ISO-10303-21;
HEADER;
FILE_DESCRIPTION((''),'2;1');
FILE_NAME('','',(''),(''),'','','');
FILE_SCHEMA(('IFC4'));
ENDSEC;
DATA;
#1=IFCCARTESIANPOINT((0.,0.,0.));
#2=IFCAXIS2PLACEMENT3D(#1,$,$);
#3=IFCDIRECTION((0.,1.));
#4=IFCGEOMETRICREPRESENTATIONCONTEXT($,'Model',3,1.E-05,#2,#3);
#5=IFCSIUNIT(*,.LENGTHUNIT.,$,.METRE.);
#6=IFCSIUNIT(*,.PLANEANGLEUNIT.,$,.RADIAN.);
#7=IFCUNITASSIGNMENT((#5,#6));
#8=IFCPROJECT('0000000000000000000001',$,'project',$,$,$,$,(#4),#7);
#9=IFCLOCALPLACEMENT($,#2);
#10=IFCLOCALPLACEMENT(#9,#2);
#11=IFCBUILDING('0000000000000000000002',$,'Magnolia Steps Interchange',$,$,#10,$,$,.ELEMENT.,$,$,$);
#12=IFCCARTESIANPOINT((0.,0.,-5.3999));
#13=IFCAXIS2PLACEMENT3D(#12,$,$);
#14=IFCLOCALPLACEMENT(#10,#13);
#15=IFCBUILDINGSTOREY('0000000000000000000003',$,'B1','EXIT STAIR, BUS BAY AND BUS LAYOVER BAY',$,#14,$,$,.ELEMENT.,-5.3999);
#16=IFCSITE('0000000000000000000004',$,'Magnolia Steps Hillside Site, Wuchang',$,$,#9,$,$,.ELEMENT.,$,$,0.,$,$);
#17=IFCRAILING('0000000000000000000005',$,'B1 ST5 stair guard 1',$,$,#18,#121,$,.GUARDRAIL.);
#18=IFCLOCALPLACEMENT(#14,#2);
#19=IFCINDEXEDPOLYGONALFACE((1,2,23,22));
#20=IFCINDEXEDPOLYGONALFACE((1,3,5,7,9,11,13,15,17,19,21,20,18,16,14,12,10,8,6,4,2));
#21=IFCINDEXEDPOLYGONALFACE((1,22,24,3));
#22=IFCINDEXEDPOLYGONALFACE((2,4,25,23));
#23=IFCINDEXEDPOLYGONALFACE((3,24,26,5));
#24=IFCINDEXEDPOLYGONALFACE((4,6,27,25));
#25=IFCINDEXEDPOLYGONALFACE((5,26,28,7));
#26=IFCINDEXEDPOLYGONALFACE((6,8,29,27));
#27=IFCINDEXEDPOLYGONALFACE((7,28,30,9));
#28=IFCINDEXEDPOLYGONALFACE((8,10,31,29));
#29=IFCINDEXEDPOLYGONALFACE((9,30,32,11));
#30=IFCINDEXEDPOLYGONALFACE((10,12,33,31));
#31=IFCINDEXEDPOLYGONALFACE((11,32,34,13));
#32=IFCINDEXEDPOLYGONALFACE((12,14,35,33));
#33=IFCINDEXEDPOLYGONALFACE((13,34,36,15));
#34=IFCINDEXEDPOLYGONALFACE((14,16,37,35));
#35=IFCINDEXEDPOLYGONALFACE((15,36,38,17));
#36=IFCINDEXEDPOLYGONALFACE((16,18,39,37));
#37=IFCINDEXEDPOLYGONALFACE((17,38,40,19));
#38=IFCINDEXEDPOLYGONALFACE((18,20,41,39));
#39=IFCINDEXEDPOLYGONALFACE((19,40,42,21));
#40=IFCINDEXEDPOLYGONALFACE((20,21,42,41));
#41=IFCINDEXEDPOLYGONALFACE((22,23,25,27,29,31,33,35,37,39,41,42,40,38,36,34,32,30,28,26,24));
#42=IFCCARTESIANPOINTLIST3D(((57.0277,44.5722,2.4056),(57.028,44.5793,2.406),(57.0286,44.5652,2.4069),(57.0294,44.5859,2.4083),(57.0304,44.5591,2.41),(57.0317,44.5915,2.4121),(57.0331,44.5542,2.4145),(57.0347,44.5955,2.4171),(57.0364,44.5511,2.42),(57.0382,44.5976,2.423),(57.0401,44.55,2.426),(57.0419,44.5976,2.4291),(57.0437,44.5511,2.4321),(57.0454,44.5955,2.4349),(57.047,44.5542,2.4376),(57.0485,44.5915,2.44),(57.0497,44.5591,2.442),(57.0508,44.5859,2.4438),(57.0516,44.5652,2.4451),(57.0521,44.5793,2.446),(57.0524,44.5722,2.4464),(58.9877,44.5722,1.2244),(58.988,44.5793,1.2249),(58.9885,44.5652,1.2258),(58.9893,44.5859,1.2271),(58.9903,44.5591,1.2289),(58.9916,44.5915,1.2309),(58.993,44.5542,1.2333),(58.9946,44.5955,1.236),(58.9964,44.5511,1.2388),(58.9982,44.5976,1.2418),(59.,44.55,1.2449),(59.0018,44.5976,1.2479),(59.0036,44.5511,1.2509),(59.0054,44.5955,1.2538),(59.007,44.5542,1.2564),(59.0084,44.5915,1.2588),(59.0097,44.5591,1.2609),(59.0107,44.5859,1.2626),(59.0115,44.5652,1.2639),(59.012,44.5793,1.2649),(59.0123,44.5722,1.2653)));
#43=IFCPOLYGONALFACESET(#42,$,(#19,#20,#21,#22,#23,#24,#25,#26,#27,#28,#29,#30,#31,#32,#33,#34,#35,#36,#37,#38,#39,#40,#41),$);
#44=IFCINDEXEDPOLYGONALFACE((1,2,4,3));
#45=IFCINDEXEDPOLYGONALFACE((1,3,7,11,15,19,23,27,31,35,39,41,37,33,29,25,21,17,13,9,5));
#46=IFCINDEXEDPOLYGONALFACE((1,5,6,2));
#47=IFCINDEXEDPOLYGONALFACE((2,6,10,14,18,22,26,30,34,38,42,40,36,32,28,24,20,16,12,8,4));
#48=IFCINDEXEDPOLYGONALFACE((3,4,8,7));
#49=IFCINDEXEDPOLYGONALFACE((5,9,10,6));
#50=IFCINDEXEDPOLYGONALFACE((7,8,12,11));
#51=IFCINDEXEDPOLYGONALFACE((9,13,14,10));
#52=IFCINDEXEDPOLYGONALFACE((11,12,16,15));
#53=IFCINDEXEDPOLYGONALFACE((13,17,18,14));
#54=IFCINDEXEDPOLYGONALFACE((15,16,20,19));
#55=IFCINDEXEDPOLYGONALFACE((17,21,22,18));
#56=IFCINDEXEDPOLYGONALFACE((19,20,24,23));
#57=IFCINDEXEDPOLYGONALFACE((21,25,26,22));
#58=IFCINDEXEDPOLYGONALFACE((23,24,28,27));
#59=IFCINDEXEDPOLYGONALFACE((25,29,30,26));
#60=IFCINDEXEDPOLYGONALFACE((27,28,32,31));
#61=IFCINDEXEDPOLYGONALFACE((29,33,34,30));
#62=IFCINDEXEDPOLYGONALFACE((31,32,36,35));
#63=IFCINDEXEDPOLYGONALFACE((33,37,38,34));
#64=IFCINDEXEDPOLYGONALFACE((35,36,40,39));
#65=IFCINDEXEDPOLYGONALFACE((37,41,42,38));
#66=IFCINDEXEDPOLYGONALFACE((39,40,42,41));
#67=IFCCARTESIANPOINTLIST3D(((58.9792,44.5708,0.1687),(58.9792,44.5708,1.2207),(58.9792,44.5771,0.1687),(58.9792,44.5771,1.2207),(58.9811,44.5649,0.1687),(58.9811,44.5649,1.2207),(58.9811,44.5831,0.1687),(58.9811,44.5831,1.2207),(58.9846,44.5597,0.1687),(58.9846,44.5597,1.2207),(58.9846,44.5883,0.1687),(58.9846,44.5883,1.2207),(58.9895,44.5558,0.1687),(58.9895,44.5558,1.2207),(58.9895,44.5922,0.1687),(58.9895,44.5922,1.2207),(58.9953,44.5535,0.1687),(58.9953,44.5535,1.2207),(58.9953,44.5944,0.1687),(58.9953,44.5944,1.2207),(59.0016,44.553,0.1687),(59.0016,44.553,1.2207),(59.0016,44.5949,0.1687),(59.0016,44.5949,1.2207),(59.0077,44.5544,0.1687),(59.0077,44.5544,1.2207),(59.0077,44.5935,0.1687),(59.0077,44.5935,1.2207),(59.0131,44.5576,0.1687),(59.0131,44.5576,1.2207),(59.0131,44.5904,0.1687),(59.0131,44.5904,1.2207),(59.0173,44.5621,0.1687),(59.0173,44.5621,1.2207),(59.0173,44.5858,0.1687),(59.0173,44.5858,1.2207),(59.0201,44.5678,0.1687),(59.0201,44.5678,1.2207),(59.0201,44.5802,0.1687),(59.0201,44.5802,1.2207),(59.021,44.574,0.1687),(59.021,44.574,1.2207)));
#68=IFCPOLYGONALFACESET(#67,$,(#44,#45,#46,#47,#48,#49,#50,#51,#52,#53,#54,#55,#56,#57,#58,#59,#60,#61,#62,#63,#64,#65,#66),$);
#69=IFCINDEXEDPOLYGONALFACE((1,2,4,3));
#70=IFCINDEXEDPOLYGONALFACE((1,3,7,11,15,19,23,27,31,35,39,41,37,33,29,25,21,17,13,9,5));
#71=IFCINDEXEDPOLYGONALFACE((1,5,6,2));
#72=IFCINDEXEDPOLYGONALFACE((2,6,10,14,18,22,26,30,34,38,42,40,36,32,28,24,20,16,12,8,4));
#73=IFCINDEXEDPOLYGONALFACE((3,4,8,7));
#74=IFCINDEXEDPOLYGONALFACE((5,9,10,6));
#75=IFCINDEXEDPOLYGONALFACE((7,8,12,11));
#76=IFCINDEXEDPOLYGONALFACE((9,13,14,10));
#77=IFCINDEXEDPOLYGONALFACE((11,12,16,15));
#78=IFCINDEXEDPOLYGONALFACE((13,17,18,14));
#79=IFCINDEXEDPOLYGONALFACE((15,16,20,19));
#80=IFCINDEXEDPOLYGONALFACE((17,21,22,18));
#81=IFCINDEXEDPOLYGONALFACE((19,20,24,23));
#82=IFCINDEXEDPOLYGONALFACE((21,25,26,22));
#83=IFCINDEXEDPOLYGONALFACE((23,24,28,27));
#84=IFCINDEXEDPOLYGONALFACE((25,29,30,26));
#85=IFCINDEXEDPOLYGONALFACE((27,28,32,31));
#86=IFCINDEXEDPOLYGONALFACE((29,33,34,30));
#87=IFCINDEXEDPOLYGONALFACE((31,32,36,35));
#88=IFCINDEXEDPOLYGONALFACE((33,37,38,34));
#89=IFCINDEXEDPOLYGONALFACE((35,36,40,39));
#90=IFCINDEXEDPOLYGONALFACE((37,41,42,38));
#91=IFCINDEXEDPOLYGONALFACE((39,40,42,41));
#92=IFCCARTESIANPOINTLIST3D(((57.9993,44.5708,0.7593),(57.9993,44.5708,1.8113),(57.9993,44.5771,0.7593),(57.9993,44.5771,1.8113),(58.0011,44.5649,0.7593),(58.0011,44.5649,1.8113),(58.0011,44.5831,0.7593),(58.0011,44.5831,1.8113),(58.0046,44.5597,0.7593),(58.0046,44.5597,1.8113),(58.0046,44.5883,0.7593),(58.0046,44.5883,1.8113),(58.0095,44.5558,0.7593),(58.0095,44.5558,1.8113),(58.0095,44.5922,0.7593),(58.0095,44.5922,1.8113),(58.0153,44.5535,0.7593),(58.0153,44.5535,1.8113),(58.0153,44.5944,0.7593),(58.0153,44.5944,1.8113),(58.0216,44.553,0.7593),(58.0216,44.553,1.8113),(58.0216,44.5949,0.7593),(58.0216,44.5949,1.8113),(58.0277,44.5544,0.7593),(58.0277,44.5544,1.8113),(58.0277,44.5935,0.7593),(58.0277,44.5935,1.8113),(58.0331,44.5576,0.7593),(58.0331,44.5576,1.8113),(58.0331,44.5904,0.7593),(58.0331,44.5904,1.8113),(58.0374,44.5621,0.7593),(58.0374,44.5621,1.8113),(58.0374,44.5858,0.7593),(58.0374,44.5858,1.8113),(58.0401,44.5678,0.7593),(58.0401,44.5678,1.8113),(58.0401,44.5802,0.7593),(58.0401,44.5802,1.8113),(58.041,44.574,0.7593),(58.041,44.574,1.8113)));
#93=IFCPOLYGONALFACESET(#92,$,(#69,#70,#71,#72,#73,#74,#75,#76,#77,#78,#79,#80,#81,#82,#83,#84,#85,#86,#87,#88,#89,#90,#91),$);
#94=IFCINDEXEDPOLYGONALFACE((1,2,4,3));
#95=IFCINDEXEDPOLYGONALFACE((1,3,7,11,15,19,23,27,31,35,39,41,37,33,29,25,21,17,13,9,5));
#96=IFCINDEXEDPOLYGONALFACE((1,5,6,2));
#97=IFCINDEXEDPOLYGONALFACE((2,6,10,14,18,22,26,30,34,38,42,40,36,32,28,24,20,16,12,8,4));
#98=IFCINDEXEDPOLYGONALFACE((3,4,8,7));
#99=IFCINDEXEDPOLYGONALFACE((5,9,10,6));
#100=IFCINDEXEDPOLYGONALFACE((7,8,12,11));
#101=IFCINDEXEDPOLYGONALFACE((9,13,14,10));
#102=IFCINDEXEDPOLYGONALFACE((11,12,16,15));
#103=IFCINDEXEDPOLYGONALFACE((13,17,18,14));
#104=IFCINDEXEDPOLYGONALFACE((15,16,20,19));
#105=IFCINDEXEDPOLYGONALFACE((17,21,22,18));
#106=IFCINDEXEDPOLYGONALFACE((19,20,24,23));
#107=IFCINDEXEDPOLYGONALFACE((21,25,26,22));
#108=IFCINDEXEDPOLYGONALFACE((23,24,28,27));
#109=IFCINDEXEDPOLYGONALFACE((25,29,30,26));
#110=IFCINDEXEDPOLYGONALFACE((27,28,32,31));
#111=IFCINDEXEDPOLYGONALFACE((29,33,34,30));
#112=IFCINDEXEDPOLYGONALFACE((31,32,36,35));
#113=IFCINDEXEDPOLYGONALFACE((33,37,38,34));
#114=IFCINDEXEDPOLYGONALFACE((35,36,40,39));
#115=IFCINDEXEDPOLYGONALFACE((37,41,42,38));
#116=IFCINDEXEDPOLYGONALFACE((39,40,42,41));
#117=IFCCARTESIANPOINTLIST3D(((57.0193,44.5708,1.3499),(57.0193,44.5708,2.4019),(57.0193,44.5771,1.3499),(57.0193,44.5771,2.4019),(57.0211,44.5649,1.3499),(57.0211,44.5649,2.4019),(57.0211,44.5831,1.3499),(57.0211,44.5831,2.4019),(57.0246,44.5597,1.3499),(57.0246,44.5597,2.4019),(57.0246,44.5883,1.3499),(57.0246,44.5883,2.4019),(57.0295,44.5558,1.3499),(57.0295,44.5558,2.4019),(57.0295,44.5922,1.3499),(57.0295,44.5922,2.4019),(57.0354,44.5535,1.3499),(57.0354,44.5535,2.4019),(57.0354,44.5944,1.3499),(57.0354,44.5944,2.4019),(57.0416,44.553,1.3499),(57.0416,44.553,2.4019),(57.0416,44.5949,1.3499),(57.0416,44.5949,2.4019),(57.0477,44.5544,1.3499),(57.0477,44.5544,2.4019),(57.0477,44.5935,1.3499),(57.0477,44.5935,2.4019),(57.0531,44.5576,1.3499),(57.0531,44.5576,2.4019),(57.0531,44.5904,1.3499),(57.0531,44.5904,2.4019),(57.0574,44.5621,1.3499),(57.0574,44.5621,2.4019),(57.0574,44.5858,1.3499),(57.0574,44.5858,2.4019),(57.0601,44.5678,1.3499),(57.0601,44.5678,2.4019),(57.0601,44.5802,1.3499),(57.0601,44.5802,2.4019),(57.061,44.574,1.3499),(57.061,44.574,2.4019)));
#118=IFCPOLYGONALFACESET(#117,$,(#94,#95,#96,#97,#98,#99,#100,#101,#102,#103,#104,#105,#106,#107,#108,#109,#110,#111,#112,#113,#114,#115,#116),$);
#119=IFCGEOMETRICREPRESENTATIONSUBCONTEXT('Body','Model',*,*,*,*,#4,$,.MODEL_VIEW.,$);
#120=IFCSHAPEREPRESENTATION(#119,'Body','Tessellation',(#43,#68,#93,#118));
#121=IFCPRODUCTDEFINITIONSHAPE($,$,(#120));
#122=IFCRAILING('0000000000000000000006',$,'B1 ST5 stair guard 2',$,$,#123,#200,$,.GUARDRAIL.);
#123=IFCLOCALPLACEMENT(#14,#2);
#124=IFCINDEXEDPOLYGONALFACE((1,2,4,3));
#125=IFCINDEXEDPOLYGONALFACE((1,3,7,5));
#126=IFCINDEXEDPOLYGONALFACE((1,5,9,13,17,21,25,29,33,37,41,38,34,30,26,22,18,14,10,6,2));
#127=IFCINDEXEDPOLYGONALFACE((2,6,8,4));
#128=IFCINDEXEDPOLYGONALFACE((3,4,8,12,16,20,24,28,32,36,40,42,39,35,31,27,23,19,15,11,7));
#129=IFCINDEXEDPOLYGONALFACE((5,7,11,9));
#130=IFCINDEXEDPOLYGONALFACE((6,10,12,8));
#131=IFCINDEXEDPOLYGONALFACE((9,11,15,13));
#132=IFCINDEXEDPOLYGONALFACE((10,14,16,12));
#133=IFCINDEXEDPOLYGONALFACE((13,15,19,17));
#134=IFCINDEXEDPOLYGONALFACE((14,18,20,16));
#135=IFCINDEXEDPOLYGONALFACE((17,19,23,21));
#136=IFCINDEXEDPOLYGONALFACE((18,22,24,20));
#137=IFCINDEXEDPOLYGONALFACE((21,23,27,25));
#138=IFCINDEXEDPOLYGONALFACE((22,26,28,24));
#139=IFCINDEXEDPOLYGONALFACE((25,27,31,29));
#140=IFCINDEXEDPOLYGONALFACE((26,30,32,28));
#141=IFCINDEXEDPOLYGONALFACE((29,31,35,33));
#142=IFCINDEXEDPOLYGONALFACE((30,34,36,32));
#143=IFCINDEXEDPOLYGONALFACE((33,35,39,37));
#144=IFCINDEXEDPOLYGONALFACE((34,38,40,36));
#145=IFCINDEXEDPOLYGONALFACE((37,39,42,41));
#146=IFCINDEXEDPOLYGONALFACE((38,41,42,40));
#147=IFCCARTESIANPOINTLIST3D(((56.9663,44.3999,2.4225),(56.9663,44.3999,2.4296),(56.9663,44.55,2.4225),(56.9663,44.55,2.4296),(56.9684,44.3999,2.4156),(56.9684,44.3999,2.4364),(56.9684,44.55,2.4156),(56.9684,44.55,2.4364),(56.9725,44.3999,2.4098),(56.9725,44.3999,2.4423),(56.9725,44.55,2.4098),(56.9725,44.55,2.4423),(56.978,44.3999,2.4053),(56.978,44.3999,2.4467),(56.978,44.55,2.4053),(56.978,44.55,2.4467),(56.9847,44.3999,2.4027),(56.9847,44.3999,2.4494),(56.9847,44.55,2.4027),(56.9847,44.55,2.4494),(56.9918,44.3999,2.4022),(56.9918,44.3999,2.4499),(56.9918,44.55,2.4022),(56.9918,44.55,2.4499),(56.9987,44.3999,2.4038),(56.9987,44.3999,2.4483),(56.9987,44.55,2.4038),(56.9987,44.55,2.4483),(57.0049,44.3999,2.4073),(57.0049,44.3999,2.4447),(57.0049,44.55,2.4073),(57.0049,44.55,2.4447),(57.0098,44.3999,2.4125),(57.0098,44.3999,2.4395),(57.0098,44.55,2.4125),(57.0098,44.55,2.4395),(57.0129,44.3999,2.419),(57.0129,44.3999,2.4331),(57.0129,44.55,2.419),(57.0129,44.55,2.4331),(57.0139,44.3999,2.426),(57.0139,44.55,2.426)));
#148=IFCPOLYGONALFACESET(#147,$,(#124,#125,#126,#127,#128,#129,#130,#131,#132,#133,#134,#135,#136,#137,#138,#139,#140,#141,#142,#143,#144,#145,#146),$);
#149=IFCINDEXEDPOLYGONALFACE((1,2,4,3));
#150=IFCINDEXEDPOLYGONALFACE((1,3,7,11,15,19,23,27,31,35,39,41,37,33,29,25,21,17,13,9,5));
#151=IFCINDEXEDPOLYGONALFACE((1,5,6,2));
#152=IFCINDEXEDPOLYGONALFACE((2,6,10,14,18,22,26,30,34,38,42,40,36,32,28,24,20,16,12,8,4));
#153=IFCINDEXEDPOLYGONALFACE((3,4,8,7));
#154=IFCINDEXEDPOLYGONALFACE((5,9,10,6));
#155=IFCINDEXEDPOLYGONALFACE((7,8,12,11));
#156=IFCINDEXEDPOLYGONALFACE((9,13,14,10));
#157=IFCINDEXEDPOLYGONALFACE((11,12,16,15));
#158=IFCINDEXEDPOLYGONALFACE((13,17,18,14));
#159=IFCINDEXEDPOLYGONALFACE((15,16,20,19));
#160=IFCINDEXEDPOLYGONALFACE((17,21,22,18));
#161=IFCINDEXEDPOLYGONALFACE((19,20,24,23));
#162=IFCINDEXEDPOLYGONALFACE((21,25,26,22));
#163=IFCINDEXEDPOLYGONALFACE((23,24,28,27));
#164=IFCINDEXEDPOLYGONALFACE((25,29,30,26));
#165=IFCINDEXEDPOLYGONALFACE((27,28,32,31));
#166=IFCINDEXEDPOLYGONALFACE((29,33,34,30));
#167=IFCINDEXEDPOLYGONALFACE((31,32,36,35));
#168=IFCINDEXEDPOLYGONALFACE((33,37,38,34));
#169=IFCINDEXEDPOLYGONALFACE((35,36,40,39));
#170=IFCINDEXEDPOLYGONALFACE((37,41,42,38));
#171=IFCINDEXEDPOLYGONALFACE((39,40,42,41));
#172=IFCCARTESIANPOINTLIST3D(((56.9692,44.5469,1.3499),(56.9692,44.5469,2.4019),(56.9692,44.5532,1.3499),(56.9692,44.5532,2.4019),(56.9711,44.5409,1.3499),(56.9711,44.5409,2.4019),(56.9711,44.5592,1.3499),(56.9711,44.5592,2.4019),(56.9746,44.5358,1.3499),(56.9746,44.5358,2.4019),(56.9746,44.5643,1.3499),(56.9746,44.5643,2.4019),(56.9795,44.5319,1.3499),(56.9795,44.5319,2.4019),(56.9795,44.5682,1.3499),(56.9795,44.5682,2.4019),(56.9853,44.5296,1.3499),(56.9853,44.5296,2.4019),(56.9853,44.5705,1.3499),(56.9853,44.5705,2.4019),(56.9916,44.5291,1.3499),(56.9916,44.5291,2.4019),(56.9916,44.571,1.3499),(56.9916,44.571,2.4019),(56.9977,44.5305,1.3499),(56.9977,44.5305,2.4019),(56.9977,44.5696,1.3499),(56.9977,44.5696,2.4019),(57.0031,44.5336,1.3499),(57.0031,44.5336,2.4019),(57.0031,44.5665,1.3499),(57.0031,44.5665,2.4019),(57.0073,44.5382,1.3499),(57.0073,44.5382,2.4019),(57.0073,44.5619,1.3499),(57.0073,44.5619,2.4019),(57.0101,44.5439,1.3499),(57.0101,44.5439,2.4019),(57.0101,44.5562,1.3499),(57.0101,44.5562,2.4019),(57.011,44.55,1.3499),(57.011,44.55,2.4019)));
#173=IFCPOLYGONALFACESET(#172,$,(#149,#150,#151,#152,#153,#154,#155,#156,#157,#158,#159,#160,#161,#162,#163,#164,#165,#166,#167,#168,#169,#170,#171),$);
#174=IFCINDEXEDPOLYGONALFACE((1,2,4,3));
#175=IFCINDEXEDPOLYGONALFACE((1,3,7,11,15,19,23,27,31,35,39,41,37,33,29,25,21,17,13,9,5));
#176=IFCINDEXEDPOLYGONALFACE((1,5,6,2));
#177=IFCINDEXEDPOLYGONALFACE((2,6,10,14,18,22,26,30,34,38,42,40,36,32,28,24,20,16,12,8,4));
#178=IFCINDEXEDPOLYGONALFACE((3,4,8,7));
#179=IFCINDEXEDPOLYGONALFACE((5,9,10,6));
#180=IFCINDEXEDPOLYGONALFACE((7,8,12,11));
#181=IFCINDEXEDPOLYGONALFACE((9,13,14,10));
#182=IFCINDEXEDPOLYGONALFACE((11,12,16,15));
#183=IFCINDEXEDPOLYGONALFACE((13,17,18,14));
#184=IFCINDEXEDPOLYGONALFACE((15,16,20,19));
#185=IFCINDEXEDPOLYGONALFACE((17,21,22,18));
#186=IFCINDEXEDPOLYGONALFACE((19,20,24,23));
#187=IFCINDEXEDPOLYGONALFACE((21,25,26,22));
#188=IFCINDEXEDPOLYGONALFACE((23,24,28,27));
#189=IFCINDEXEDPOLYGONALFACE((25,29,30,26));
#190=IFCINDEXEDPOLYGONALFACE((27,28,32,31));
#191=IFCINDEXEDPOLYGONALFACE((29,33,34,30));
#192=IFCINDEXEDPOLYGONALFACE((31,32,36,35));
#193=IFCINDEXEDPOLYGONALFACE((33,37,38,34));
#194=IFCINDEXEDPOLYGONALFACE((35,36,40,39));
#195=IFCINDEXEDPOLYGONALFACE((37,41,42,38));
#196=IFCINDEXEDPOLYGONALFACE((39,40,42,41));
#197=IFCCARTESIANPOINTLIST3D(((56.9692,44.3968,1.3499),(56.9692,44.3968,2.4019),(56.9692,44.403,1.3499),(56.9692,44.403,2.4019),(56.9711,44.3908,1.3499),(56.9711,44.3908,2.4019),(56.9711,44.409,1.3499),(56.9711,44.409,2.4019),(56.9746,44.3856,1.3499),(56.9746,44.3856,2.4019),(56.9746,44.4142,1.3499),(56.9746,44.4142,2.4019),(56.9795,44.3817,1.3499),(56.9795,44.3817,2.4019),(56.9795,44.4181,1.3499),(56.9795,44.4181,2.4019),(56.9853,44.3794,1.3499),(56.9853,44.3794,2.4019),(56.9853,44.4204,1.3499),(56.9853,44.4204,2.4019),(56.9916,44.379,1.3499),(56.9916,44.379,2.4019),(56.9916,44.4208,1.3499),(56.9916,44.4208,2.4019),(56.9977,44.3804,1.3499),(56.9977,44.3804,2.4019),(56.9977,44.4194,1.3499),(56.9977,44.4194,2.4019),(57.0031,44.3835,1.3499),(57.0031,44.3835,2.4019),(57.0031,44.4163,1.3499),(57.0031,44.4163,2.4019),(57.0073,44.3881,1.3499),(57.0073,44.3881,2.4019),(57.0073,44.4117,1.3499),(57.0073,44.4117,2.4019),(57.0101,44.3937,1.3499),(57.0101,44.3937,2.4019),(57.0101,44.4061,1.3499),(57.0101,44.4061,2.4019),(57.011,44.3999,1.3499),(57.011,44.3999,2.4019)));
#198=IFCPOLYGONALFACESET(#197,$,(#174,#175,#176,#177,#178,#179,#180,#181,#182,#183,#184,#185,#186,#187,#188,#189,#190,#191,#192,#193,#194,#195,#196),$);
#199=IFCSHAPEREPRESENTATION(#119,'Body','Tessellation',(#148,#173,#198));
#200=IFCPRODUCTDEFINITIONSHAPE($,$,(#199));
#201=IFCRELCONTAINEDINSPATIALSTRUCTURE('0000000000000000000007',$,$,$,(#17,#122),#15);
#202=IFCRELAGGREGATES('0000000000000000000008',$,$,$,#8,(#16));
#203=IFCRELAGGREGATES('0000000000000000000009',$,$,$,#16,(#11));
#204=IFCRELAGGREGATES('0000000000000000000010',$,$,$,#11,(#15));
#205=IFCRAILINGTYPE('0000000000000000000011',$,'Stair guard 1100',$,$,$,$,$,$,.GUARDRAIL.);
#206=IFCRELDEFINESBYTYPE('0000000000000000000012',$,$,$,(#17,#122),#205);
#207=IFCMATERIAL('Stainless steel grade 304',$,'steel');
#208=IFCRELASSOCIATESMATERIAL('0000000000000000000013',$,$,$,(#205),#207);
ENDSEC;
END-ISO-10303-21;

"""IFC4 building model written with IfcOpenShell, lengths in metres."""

from ifc_helpers import new_model, si_unit, direction, frame, origin, origin_2d, place, context, subcontext, project, spatial, circle, extrude, material, type_object, element, save


model = new_model("IFC4")

# Units and contexts
model_context = context("Model", 3, precision=1e-05, world=origin(), true_north=direction((0.0, 1.0)))
body_context = subcontext(model_context, "Body", "Model", "MODEL_VIEW")
ifc_project = project(units=[si_unit("LENGTHUNIT", "METRE"), si_unit("PLANEANGLEUNIT", "RADIAN")], contexts=[model_context])

# Site, building, storey
site_placement = place(None, origin())
site = spatial("IfcSite", under=ifc_project, at=site_placement, Name="Magnolia Steps Hillside Site, Wuchang", CompositionType="ELEMENT", RefElevation=0.0)
building_placement = place(site_placement, origin())
building = spatial("IfcBuilding", under=site, at=building_placement, Name="Magnolia Steps Interchange", CompositionType="ELEMENT")
storey_placement = place(building_placement, frame((0.0, 0.0, -5.3999)))
storey = spatial("IfcBuildingStorey", under=building, at=storey_placement, Name="B1", Description="EXIT STAIR, BUS BAY AND BUS LAYOVER BAY", CompositionType="ELEMENT", Elevation=-5.3999)

# Railings
ifc_material_1 = material(Name="Stainless steel grade 304", Category="steel")
railing_type_1 = type_object("IfcRailingType", Name="Stair guard 1100", PredefinedType="GUARDRAIL", material=ifc_material_1)
railing_1_placement = place(storey_placement, frame((59.0, 44.574, 0.1687)))
element("IfcRailing", 1, at=railing_1_placement, inside=storey, type_object=railing_type_1, Name="B1 ST5 stair guard 1", PredefinedType="GUARDRAIL", context=body_context, shape_type="SweptSolid", body=[
    extrude(circle(Radius=0.0239, at=origin_2d()), frame((0.0, 0.0, 1.0762), z_axis=(-0.856493, 0.0, 0.516158), x_axis=(0.0, -1.0, 0.0)), (0.0, 0.0, 1.0), 2.2883),
    extrude(circle(Radius=0.021, at=origin_2d()), origin(), (0.0, 0.0, 1.0), 1.052),
    extrude(circle(Radius=0.021, at=origin_2d()), frame((-0.98, 0.0, 0.5906)), (0.0, 0.0, 1.0), 1.052),
    extrude(circle(Radius=0.021, at=origin_2d()), frame((-1.96, 0.0, 1.1812)), (0.0, 0.0, 1.0), 1.052),
])
railing_2_placement = place(storey_placement, frame((56.99, 44.55, 1.3499)))
element("IfcRailing", 2, at=railing_2_placement, inside=storey, type_object=railing_type_1, Name="B1 ST5 stair guard 2", PredefinedType="GUARDRAIL", context=body_context, shape_type="SweptSolid", body=[
    extrude(circle(Radius=0.0239, at=origin_2d()), frame((0.0, 0.0, 1.0762), z_axis=(0.0, -1.0, 0.0), x_axis=(1.0, 0.0, 0.0)), (0.0, 0.0, 1.0), 0.1501),
    extrude(circle(Radius=0.021, at=origin_2d()), origin(), (0.0, 0.0, 1.0), 1.052),
    extrude(circle(Radius=0.021, at=origin_2d()), frame((0.0, -0.1501, 0.0)), (0.0, 0.0, 1.0), 1.052),
])

save(model, "model.ifc")
